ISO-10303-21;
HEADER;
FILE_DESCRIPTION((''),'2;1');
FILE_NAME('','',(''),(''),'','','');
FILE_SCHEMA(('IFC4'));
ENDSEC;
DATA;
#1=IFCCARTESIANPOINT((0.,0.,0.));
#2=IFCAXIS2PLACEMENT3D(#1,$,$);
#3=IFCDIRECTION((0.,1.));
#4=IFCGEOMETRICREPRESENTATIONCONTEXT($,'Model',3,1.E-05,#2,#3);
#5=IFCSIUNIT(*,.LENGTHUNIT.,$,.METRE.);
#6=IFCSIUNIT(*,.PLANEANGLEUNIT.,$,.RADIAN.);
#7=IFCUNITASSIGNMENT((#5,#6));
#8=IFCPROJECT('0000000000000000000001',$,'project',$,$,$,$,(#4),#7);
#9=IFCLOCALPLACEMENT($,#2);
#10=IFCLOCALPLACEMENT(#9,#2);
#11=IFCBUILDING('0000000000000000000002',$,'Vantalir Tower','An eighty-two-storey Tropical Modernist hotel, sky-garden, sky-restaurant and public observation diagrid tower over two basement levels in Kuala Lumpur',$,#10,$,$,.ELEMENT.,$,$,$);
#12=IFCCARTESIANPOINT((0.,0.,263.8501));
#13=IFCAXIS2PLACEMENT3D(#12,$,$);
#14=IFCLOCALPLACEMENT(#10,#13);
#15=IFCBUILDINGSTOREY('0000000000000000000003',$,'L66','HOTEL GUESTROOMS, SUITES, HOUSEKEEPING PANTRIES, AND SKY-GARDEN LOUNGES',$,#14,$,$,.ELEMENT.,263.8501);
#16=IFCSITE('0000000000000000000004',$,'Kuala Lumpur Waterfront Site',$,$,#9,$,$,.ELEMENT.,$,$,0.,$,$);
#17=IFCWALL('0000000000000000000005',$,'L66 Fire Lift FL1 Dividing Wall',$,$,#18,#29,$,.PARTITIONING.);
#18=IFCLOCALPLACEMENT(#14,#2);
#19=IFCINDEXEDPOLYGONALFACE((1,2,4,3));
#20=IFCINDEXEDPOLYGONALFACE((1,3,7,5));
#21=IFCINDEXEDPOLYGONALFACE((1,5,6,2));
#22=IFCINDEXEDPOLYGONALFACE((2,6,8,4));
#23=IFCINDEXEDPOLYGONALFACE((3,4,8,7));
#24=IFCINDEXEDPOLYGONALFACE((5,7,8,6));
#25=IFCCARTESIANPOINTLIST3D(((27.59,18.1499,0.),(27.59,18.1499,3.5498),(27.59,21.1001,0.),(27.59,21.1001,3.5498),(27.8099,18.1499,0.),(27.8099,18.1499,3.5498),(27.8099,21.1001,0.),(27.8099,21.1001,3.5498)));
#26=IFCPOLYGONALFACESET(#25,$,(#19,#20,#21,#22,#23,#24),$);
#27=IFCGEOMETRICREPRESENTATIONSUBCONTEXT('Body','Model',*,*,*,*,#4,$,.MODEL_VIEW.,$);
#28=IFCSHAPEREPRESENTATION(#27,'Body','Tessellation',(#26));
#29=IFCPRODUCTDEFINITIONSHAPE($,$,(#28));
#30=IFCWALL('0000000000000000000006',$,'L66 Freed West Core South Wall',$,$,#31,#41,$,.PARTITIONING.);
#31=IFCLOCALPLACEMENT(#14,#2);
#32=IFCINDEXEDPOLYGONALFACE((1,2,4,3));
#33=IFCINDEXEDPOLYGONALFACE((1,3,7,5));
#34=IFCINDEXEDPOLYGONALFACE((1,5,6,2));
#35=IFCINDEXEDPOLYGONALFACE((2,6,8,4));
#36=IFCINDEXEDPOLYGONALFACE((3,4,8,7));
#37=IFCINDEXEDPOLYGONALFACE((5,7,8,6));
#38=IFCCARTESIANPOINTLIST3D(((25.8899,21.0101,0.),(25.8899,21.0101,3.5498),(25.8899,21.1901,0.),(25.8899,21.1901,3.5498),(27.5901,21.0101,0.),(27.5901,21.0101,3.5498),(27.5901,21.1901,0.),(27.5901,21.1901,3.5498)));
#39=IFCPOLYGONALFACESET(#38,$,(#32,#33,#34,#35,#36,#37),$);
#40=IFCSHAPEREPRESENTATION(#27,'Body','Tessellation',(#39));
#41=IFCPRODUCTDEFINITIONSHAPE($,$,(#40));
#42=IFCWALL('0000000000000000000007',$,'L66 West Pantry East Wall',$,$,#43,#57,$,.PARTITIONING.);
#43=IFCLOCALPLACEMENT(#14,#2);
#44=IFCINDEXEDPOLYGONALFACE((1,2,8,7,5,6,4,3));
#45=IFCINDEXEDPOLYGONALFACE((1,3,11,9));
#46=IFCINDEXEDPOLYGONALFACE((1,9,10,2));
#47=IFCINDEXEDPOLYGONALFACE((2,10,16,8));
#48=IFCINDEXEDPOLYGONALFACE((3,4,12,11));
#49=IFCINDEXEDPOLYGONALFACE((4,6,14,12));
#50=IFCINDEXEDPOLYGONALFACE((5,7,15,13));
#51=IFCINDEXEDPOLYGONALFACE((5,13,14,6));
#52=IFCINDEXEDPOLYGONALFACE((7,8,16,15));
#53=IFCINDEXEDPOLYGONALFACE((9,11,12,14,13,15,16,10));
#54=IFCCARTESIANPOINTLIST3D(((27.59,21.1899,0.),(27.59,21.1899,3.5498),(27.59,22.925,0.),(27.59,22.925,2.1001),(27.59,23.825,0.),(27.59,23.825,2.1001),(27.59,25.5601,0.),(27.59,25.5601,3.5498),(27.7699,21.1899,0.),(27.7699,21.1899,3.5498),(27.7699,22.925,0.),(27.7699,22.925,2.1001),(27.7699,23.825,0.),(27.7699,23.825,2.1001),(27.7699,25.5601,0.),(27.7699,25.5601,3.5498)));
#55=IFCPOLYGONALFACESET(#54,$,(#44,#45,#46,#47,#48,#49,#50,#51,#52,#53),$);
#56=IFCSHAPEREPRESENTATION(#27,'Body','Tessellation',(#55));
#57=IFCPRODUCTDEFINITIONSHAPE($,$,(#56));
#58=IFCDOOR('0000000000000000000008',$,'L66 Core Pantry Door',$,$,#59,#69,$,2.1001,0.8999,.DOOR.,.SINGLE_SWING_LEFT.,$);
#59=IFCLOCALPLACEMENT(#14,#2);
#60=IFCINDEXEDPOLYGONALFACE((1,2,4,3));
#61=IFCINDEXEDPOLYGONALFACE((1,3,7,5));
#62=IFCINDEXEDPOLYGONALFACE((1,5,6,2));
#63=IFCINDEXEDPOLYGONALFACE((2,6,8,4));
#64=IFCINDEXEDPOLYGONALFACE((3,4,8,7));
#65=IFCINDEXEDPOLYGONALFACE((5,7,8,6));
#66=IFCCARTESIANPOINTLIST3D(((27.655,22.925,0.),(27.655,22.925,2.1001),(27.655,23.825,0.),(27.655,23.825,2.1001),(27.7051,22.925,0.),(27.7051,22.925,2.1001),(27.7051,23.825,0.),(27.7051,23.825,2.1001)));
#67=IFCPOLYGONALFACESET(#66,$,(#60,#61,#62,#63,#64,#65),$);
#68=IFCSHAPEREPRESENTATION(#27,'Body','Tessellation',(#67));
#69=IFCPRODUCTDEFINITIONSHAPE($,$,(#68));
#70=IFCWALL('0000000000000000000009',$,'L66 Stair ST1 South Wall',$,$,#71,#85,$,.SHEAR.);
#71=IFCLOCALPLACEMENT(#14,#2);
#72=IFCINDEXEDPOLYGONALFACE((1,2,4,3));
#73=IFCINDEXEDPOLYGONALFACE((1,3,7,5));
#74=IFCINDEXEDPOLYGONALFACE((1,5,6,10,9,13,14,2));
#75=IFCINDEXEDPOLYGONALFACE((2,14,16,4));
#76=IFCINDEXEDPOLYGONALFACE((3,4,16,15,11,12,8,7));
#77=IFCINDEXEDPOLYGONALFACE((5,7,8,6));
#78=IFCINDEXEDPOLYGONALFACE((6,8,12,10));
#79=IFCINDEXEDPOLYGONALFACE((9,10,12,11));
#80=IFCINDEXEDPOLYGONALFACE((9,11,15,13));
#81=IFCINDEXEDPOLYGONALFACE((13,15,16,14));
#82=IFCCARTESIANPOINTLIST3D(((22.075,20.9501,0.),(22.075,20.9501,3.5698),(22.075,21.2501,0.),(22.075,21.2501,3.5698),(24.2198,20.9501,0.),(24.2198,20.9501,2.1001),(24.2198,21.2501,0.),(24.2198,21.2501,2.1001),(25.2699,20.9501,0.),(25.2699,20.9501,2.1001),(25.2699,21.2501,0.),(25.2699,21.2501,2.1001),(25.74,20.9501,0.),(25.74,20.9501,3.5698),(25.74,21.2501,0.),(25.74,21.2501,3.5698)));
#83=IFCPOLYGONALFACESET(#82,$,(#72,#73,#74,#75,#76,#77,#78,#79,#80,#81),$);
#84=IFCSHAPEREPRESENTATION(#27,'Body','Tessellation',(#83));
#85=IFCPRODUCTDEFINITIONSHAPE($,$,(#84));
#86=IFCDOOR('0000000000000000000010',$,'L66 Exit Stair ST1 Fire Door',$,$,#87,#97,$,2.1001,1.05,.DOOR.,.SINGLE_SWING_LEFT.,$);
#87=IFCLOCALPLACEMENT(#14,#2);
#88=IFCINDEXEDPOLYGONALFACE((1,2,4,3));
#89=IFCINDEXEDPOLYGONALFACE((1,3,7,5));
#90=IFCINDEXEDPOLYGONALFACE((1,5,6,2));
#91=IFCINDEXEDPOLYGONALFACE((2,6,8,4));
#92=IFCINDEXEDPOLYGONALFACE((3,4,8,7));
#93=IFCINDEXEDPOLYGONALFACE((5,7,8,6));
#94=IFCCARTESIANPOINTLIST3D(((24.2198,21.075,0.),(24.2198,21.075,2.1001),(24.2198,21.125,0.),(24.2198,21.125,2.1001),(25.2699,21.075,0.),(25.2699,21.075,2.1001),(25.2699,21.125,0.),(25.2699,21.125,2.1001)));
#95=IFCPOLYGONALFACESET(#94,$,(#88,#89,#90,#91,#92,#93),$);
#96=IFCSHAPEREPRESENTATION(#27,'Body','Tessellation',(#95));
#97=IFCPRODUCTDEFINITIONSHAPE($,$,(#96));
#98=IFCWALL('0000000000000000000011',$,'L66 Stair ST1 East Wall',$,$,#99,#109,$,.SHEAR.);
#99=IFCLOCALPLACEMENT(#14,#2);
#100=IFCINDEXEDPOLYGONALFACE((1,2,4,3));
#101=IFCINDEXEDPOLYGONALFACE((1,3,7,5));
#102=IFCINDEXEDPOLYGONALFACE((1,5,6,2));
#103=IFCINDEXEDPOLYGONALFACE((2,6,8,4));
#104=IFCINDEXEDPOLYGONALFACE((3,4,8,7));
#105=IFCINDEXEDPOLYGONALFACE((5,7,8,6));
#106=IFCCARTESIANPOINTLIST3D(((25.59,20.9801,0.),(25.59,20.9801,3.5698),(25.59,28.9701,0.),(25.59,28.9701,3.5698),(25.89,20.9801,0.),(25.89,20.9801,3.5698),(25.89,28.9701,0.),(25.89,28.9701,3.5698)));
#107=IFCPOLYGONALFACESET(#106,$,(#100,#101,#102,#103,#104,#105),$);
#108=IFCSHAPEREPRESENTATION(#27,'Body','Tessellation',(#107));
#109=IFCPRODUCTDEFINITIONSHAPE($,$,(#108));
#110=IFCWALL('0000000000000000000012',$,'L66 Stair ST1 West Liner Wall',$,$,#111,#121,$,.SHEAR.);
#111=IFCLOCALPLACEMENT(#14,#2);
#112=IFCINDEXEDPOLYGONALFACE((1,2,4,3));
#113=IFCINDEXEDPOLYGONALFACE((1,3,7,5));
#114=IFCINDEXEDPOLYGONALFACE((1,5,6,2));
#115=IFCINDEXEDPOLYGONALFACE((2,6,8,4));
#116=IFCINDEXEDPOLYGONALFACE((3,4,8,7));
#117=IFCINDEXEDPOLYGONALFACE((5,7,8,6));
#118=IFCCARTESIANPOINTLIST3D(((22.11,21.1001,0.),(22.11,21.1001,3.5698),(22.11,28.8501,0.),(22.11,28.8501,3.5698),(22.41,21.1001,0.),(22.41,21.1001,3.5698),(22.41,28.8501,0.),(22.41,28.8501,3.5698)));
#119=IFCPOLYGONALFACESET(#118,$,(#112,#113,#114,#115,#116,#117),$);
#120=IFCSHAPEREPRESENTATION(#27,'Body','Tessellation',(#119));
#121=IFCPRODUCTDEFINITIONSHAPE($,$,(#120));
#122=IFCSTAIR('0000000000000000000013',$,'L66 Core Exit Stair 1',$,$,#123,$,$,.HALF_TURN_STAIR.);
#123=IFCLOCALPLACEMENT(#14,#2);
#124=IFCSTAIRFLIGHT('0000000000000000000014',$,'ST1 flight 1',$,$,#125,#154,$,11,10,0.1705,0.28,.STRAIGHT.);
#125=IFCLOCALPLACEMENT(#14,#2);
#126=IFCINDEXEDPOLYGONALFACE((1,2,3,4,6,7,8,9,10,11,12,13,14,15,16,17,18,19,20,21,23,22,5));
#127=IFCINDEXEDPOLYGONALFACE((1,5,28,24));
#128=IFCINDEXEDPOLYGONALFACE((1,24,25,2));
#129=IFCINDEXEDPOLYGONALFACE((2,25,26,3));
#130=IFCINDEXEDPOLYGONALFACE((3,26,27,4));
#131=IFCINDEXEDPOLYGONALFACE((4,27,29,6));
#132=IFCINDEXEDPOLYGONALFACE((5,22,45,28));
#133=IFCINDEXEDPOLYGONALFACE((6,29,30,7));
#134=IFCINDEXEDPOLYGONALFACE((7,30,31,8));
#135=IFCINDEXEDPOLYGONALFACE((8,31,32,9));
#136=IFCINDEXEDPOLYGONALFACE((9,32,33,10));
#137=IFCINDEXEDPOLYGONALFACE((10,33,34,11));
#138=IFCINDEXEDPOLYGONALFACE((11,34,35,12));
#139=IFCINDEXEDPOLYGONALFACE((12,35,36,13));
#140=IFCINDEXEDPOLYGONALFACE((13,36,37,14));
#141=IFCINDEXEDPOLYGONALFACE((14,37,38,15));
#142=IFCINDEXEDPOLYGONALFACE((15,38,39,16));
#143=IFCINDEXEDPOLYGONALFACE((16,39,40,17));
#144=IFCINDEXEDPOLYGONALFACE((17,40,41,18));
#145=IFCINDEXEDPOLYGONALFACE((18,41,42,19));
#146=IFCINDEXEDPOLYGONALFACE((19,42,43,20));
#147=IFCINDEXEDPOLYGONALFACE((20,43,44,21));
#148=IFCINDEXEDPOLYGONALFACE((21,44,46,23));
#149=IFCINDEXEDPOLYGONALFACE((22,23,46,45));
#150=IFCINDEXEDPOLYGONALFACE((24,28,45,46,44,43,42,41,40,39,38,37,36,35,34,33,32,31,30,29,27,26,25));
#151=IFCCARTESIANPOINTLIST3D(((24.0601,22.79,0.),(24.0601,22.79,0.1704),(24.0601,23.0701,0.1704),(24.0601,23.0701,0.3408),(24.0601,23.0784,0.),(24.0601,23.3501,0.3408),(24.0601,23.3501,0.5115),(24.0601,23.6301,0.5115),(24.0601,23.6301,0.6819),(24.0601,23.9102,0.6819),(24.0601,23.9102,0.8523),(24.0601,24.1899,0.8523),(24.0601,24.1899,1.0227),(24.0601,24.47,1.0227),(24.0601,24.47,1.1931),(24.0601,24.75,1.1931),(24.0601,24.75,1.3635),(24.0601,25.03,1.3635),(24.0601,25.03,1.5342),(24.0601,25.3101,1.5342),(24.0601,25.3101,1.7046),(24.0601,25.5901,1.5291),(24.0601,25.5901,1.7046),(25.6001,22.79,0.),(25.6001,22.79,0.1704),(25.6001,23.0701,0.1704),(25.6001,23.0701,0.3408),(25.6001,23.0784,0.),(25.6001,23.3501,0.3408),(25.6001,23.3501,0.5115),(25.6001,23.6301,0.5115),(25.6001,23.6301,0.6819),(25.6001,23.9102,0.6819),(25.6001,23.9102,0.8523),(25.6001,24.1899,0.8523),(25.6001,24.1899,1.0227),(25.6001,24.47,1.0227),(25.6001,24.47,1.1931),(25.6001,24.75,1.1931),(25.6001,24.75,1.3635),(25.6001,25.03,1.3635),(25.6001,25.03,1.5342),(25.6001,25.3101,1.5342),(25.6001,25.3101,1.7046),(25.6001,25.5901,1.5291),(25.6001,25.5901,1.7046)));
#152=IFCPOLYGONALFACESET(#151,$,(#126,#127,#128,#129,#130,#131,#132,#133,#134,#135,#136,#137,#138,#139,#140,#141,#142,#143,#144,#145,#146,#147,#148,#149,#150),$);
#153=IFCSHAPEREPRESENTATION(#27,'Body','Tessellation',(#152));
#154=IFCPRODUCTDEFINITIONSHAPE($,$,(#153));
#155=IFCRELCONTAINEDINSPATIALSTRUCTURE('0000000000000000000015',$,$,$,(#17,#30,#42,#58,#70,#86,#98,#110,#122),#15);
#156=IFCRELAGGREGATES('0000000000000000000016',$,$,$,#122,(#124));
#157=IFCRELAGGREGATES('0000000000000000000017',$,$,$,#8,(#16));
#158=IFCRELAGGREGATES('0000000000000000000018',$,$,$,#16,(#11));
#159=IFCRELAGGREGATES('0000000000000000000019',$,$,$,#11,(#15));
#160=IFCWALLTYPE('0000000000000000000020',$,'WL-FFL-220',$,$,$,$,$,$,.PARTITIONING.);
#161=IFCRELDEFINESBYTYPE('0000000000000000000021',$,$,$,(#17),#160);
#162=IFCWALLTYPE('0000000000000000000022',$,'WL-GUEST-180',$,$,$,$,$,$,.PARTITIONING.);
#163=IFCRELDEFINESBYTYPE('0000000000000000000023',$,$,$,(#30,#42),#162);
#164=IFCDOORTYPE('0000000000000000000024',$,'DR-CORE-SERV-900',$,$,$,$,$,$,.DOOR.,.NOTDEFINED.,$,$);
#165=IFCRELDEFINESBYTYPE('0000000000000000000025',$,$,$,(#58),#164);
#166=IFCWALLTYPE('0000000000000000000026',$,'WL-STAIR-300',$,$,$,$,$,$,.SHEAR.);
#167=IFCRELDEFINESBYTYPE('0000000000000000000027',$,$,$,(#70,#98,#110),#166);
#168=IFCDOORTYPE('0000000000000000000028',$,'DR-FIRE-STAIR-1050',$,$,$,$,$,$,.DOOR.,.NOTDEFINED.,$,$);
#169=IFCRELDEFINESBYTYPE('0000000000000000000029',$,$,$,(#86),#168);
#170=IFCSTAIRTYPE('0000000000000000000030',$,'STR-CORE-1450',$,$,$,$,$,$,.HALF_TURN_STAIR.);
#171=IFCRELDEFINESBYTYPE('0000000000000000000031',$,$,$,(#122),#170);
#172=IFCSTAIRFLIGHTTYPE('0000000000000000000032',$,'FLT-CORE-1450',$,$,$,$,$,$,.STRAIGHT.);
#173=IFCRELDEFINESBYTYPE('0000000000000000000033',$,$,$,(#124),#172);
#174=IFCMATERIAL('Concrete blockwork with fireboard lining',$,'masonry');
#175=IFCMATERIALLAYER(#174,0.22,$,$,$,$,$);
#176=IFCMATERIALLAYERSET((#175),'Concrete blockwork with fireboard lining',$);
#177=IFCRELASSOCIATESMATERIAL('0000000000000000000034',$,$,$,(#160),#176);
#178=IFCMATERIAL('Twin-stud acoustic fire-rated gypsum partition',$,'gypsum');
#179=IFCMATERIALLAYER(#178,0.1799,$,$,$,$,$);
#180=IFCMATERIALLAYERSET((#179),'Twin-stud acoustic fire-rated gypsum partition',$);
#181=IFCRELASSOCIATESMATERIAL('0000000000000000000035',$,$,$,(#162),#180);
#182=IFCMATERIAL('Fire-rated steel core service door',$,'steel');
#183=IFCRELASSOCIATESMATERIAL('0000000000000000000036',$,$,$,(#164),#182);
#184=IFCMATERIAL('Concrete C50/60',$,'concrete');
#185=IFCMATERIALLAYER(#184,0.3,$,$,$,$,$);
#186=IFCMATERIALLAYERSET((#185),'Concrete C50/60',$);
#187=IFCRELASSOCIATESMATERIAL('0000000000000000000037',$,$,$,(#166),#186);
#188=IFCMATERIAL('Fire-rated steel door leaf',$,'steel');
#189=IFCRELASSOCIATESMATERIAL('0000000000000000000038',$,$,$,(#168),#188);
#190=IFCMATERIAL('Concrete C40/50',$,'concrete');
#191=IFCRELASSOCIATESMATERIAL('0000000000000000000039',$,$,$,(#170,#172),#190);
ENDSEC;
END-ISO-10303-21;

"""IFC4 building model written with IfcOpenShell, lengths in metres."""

from ifc_helpers import new_model, si_unit, direction, frame, frame_2d, origin, place, context, subcontext, project, spatial, polyline, rectangle, outline, extrude, material, layer, layer_set, type_object, element, fill, aggregate, save


model = new_model("IFC4")

# Units and contexts
model_context = context("Model", 3, precision=1e-05, world=origin(), true_north=direction((0.0, 1.0)))
body_context = subcontext(model_context, "Body", "Model", "MODEL_VIEW")
ifc_project = project(units=[si_unit("LENGTHUNIT", "METRE"), si_unit("PLANEANGLEUNIT", "RADIAN")], contexts=[model_context])

# Site, building, storey
site_placement = place(None, origin())
site = spatial("IfcSite", under=ifc_project, at=site_placement, Name="Kuala Lumpur Waterfront Site", CompositionType="ELEMENT", RefElevation=0.0)
building_placement = place(site_placement, origin())
building = spatial("IfcBuilding", under=site, at=building_placement, Name="Vantalir Tower", Description="An eighty-two-storey Tropical Modernist hotel, sky-garden, sky-restaurant and public observation diagrid tower over two basement levels in Kuala Lumpur", CompositionType="ELEMENT")
storey_placement = place(building_placement, frame((0.0, 0.0, 263.8501)))
storey = spatial("IfcBuildingStorey", under=building, at=storey_placement, Name="L66", Description="HOTEL GUESTROOMS, SUITES, HOUSEKEEPING PANTRIES, AND SKY-GARDEN LOUNGES", CompositionType="ELEMENT", Elevation=263.8501)

# Shared definitions
ifc_material_1 = material(Name="Concrete C50/60", Category="concrete")

# Shared definitions
ifc_material_2 = material(Name="Concrete blockwork with fireboard lining", Category="masonry")
ifc_layer_1 = layer(ifc_material_2, 0.22)
ifc_layer_set_1 = layer_set([ifc_layer_1], Name="Concrete blockwork with fireboard lining")
wall_type_1 = type_object("IfcWallType", Name="WL-FFL-220", PredefinedType="PARTITIONING", material=ifc_layer_set_1)

# Walls
wall_1_placement = place(storey_placement, frame((27.7, 18.1499, 0.0), z_axis=(0.0, 0.0, 1.0), x_axis=(0.0, 1.0, 0.0)))
element("IfcWall", 1, at=wall_1_placement, inside=storey, type_object=wall_type_1, Name="L66 Fire Lift FL1 Dividing Wall", PredefinedType="PARTITIONING", context=body_context, shape_type="SweptSolid", body=[
    extrude(rectangle(XDim=2.9502, YDim=0.22, at=frame_2d((1.4751, 0.0))), origin(), (0.0, 0.0, 1.0), 3.5498),
])
ifc_material_3 = material(Name="Twin-stud acoustic fire-rated gypsum partition", Category="gypsum")
ifc_layer_2 = layer(ifc_material_3, 0.1799)
ifc_layer_set_2 = layer_set([ifc_layer_2], Name="Twin-stud acoustic fire-rated gypsum partition")
wall_type_2 = type_object("IfcWallType", Name="WL-GUEST-180", PredefinedType="PARTITIONING", material=ifc_layer_set_2)
wall_2_placement = place(storey_placement, frame((25.8899, 21.1001, 0.0), z_axis=(0.0, 0.0, 1.0), x_axis=(1.0, 0.0, 0.0)))
element("IfcWall", 2, at=wall_2_placement, inside=storey, type_object=wall_type_2, Name="L66 Freed West Core South Wall", PredefinedType="PARTITIONING", context=body_context, shape_type="SweptSolid", body=[
    extrude(rectangle(XDim=1.7002, YDim=0.1799, at=frame_2d((0.8501, 0.0))), origin(), (0.0, 0.0, 1.0), 3.5498),
])

# Walls, openings, doors
wall_3_placement = place(storey_placement, frame((27.6799, 21.1899, 0.0), z_axis=(0.0, 0.0, 1.0), x_axis=(0.0, 1.0, 0.0)))
wall_3 = element("IfcWall", 3, at=wall_3_placement, inside=storey, type_object=wall_type_2, Name="L66 West Pantry East Wall", PredefinedType="PARTITIONING", context=body_context, shape_type="SweptSolid", body=[
    extrude(rectangle(XDim=4.3701, YDim=0.1799, at=frame_2d((2.1851, 0.0))), origin(), (0.0, 0.0, 1.0), 3.5498),
])
opening_1_placement = place(wall_3_placement, frame((1.7351, 0.0, 0.0)))
opening_1 = element("IfcOpeningElement", 4, at=opening_1_placement, cuts=wall_3, PredefinedType="OPENING", context=body_context, shape_type="SweptSolid", body=[
    extrude(rectangle(XDim=0.8999, YDim=2.1001, at=frame_2d((0.45, 1.05))), frame((0.0, 0.0999, 0.0), z_axis=(0.0, -1.0, 0.0), x_axis=(1.0, 0.0, 0.0)), (0.0, 0.0, 1.0), 0.2),
])
ifc_material_4 = material(Name="Fire-rated steel core service door", Category="steel")
door_type_1 = type_object("IfcDoorType", Name="DR-CORE-SERV-900", OperationType="NOTDEFINED", PredefinedType="DOOR", material=ifc_material_4)
door_1_placement = place(opening_1_placement, origin())
door_1 = element("IfcDoor", 5, at=door_1_placement, inside=storey, type_object=door_type_1, Name="L66 Core Pantry Door", OperationType="SINGLE_SWING_LEFT", OverallHeight=2.1001, OverallWidth=0.8999, PredefinedType="DOOR", context=body_context, shape_type="SweptSolid", body=[
    extrude(rectangle(XDim=0.8999, YDim=2.1001, at=frame_2d((0.45, 1.05))), frame((0.0, 0.0249, 0.0), z_axis=(0.0, -1.0, 0.0), x_axis=(1.0, 0.0, 0.0)), (0.0, 0.0, 1.0), 0.05),
])
fill(opening_1, door_1)
ifc_layer_3 = layer(ifc_material_1, 0.3)
ifc_layer_set_3 = layer_set([ifc_layer_3], Name="Concrete C50/60")
wall_type_3 = type_object("IfcWallType", Name="WL-STAIR-300", PredefinedType="SHEAR", material=ifc_layer_set_3)
wall_4_placement = place(storey_placement, frame((22.075, 21.1001, 0.0), z_axis=(0.0, 0.0, 1.0), x_axis=(1.0, 0.0, 0.0)))
wall_4 = element("IfcWall", 6, at=wall_4_placement, inside=storey, type_object=wall_type_3, Name="L66 Stair ST1 South Wall", PredefinedType="SHEAR", context=body_context, shape_type="SweptSolid", body=[
    extrude(rectangle(XDim=3.665, YDim=0.3, at=frame_2d((1.8325, 0.0))), origin(), (0.0, 0.0, 1.0), 3.5698),
])
opening_2_placement = place(wall_4_placement, frame((2.145, 0.0, 0.0)))
opening_2 = element("IfcOpeningElement", 7, at=opening_2_placement, cuts=wall_4, PredefinedType="OPENING", context=body_context, shape_type="SweptSolid", body=[
    extrude(rectangle(XDim=1.05, YDim=2.1001, at=frame_2d((0.5249, 1.05))), frame((0.0, 0.1599, 0.0), z_axis=(0.0, -1.0, 0.0), x_axis=(1.0, 0.0, 0.0)), (0.0, 0.0, 1.0), 0.3201),
])
ifc_material_5 = material(Name="Fire-rated steel door leaf", Category="steel")
door_type_2 = type_object("IfcDoorType", Name="DR-FIRE-STAIR-1050", OperationType="NOTDEFINED", PredefinedType="DOOR", material=ifc_material_5)
door_2_placement = place(opening_2_placement, origin())
door_2 = element("IfcDoor", 8, at=door_2_placement, inside=storey, type_object=door_type_2, Name="L66 Exit Stair ST1 Fire Door", OperationType="SINGLE_SWING_LEFT", OverallHeight=2.1001, OverallWidth=1.05, PredefinedType="DOOR", context=body_context, shape_type="SweptSolid", body=[
    extrude(rectangle(XDim=1.05, YDim=2.1001, at=frame_2d((0.5249, 1.05))), frame((0.0, 0.0249, 0.0), z_axis=(0.0, -1.0, 0.0), x_axis=(1.0, 0.0, 0.0)), (0.0, 0.0, 1.0), 0.05),
])
fill(opening_2, door_2)

# Walls
wall_5_placement = place(storey_placement, frame((25.74, 20.98, 0.0), z_axis=(0.0, 0.0, 1.0), x_axis=(0.0, 1.0, 0.0)))
element("IfcWall", 9, at=wall_5_placement, inside=storey, type_object=wall_type_3, Name="L66 Stair ST1 East Wall", PredefinedType="SHEAR", context=body_context, shape_type="SweptSolid", body=[
    extrude(rectangle(XDim=7.99, YDim=0.3, at=frame_2d((3.9951, 0.0))), origin(), (0.0, 0.0, 1.0), 3.5698),
])
wall_6_placement = place(storey_placement, frame((22.26, 21.1001, 0.0), z_axis=(0.0, 0.0, 1.0), x_axis=(0.0, 1.0, 0.0)))
element("IfcWall", 10, at=wall_6_placement, inside=storey, type_object=wall_type_3, Name="L66 Stair ST1 West Liner Wall", PredefinedType="SHEAR", context=body_context, shape_type="SweptSolid", body=[
    extrude(rectangle(XDim=7.75, YDim=0.3, at=frame_2d((3.875, 0.0))), origin(), (0.0, 0.0, 1.0), 3.5698),
])

# Stair, stair flight
ifc_material_6 = material(Name="Concrete C40/50", Category="concrete")
stair_type = type_object("IfcStairType", Name="STR-CORE-1450", PredefinedType="HALF_TURN_STAIR", material=ifc_material_6)
stair_placement = place(storey_placement, origin())
stair = element("IfcStair", 11, at=stair_placement, inside=storey, type_object=stair_type, Name="L66 Core Exit Stair 1", PredefinedType="HALF_TURN_STAIR")
stair_flight_type = type_object("IfcStairFlightType", Name="FLT-CORE-1450", PredefinedType="STRAIGHT", material=ifc_material_6)
stair_flight_placement = place(storey_placement, frame((24.8301, 22.79, 0.0), z_axis=(0.0, 0.0, 1.0), x_axis=(0.0, 1.0, 0.0)))
stair_flight = element("IfcStairFlight", 12, at=stair_flight_placement, type_object=stair_flight_type, Name="ST1 flight 1", NumberOfRisers=11, NumberOfTreads=10, PredefinedType="STRAIGHT", RiserHeight=0.1705, TreadLength=0.28, context=body_context, shape_type="SweptSolid", body=[
    extrude(outline(polyline([(0.0, 0.0), (0.0, 0.1704), (0.28, 0.1704), (0.28, 0.3408), (0.5601, 0.3408), (0.5601, 0.5115), (0.8401, 0.5115), (0.8401, 0.6819), (1.1201, 0.6819), (1.1201, 0.8523), (1.3999, 0.8523), (1.3999, 1.0227), (1.6799, 1.0227), (1.6799, 1.1931), (1.96, 1.1931), (1.96, 1.3635), (2.24, 1.3635), (2.24, 1.5342), (2.52, 1.5342), (2.52, 1.7046), (2.8, 1.7046), (2.8, 1.875), (2.8, 1.5291), (0.2883, 0.0), (0.0, 0.0)])), frame((0.0, 0.77, 0.0), z_axis=(0.0, -1.0, 0.0), x_axis=(1.0, 0.0, 0.0)), (0.0, 0.0, 1.0), 1.54),
])
aggregate(stair, [stair_flight])

save(model, "model.ifc")
